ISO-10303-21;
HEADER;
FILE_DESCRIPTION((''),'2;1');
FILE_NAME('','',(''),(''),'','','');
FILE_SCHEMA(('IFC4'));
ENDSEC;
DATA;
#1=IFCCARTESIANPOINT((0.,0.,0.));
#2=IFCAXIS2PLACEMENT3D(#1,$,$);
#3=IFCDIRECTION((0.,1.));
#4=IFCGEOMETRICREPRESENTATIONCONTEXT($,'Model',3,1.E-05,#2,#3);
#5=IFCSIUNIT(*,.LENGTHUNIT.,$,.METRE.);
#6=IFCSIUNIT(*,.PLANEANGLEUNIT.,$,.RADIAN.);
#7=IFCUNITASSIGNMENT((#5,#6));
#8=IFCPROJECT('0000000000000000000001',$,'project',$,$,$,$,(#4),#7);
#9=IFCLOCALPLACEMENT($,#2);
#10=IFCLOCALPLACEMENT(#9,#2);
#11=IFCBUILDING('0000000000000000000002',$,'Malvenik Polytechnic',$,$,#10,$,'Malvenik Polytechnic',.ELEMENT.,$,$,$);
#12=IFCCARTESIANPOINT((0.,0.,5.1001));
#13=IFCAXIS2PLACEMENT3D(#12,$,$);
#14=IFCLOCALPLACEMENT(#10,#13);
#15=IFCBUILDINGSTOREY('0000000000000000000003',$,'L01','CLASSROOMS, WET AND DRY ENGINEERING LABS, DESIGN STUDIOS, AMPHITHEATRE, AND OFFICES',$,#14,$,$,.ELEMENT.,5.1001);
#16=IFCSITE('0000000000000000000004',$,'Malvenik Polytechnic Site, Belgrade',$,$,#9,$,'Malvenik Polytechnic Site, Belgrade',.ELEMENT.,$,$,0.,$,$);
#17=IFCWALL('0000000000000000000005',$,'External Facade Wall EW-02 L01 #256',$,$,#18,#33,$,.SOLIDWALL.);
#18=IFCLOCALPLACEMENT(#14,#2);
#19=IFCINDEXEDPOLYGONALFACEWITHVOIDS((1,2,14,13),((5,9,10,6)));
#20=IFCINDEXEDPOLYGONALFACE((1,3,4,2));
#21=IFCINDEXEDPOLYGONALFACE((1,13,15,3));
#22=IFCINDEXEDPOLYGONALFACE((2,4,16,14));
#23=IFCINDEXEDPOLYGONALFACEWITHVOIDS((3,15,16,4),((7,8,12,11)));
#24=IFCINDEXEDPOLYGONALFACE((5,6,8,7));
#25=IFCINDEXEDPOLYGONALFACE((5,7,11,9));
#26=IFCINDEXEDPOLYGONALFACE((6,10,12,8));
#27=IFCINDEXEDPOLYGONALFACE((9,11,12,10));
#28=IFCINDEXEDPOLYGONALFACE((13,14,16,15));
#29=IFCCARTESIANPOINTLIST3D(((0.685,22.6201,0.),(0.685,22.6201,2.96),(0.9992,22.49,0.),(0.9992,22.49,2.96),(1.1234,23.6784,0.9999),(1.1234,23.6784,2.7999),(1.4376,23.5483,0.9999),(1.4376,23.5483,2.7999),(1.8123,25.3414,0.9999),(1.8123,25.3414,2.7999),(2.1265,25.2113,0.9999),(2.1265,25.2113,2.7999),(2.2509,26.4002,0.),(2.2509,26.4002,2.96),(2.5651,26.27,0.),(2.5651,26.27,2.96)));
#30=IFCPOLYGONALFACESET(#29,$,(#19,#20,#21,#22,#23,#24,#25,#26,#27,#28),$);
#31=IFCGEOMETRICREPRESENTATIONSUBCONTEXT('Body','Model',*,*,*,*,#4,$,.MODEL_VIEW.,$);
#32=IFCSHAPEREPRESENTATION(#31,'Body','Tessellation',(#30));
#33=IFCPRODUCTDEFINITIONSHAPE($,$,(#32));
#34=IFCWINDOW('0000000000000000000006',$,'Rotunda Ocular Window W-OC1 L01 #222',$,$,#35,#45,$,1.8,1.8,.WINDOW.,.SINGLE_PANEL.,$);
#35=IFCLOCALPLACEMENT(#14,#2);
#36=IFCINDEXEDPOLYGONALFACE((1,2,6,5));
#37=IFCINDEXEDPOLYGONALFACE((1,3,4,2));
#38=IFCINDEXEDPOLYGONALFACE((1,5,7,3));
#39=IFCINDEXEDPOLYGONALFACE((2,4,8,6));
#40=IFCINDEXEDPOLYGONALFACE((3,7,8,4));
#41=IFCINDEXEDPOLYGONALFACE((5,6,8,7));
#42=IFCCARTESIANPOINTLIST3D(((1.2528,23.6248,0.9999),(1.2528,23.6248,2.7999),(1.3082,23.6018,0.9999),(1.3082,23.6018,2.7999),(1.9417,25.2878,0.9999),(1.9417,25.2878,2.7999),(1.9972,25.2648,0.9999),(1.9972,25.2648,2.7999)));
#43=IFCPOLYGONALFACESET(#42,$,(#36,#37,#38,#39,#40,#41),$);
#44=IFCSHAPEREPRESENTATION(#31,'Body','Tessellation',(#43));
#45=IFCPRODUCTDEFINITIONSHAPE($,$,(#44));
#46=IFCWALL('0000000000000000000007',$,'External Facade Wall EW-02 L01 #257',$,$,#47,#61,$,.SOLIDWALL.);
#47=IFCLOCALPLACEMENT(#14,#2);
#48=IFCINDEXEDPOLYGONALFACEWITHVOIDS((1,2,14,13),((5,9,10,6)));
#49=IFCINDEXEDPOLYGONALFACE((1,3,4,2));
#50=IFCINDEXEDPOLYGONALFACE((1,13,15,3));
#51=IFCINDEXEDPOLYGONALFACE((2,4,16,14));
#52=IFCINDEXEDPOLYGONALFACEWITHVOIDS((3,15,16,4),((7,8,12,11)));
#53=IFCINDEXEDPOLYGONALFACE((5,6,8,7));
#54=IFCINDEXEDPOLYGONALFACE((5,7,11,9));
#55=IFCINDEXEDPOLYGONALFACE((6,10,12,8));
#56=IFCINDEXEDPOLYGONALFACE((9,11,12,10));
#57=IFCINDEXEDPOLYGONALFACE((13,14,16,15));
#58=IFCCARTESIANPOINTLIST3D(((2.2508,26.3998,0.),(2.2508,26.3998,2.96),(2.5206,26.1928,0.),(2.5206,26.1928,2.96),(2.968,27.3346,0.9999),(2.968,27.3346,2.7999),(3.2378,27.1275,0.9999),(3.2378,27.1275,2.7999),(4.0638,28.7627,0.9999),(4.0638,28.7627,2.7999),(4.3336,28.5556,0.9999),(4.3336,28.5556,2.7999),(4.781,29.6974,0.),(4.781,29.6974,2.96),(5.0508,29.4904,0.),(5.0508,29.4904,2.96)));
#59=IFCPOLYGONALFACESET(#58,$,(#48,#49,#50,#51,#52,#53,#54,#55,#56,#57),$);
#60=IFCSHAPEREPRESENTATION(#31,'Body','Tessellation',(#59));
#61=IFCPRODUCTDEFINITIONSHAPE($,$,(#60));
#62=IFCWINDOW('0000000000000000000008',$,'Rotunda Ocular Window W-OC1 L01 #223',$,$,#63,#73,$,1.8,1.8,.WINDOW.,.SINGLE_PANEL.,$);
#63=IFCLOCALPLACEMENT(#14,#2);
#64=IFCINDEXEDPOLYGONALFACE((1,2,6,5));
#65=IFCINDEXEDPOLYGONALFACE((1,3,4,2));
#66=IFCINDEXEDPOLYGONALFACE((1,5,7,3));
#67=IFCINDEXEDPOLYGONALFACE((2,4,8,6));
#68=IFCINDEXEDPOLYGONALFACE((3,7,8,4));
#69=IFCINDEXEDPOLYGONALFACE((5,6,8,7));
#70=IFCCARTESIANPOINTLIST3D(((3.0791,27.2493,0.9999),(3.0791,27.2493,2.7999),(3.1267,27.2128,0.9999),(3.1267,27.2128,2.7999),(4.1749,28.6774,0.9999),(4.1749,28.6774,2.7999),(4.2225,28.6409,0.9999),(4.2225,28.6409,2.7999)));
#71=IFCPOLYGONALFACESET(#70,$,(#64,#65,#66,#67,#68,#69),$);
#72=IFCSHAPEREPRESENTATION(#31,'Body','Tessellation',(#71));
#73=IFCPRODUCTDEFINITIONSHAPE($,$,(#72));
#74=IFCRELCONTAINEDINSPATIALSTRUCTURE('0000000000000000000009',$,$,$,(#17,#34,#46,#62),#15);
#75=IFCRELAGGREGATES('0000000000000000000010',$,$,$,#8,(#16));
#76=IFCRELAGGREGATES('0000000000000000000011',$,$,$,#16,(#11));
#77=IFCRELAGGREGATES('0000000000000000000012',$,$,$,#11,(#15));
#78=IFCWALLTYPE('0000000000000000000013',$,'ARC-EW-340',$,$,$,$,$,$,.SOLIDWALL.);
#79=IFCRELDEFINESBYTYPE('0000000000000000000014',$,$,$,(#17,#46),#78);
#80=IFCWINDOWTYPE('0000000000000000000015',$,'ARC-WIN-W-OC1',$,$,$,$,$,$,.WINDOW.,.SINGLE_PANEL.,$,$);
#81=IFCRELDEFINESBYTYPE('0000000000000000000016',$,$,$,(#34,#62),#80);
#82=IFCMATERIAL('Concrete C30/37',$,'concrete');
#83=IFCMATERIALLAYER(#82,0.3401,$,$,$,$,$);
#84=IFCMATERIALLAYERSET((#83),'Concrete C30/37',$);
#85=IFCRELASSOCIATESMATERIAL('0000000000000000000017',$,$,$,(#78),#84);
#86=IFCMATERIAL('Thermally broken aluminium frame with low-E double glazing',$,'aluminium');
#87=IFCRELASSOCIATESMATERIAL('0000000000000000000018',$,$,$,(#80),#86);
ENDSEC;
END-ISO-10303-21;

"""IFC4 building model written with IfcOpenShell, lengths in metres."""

from ifc_helpers import new_model, si_unit, direction, frame, frame_2d, origin, place, context, subcontext, project, spatial, rectangle, extrude, material, layer, layer_set, type_object, element, fill, save


model = new_model("IFC4")

# Units and contexts
model_context = context("Model", 3, precision=1e-05, world=origin(), true_north=direction((0.0, 1.0)))
body_context = subcontext(model_context, "Body", "Model", "MODEL_VIEW")
ifc_project = project(units=[si_unit("LENGTHUNIT", "METRE"), si_unit("PLANEANGLEUNIT", "RADIAN")], contexts=[model_context])

# Site, building, storey
site_placement = place(None, origin())
site = spatial("IfcSite", under=ifc_project, at=site_placement, Name="Malvenik Polytechnic Site, Belgrade", LongName="Malvenik Polytechnic Site, Belgrade", CompositionType="ELEMENT", RefElevation=0.0)
building_placement = place(site_placement, origin())
building = spatial("IfcBuilding", under=site, at=building_placement, Name="Malvenik Polytechnic", LongName="Malvenik Polytechnic", CompositionType="ELEMENT")
storey_placement = place(building_placement, frame((0.0, 0.0, 5.1001)))
storey = spatial("IfcBuildingStorey", under=building, at=storey_placement, Name="L01", Description="CLASSROOMS, WET AND DRY ENGINEERING LABS, DESIGN STUDIOS, AMPHITHEATRE, AND OFFICES", CompositionType="ELEMENT", Elevation=5.1001)

# Walls, openings, windows
ifc_material_1 = material(Name="Concrete C30/37", Category="concrete")
ifc_layer_1 = layer(ifc_material_1, 0.3401)
ifc_layer_set_1 = layer_set([ifc_layer_1], Name="Concrete C30/37")
wall_type = type_object("IfcWallType", Name="ARC-EW-340", PredefinedType="SOLIDWALL", material=ifc_layer_set_1)
ifc_material_2 = material(Name="Thermally broken aluminium frame with low-E double glazing", Category="aluminium")
window_type = type_object("IfcWindowType", Name="ARC-WIN-W-OC1", PartitioningType="SINGLE_PANEL", PredefinedType="WINDOW", material=ifc_material_2)
wall_1_placement = place(storey_placement, frame((0.842, 22.5549, 0.0), z_axis=(0.0, 0.0, 1.0), x_axis=(0.382721, 0.923864, 0.0)))
wall_1 = element("IfcWall", 1, at=wall_1_placement, inside=storey, type_object=wall_type, Name="External Facade Wall EW-02 L01 #256", PredefinedType="SOLIDWALL", context=body_context, shape_type="SweptSolid", body=[
    extrude(rectangle(XDim=4.0916, YDim=0.3401, at=frame_2d((2.0459, 0.0))), origin(), (0.0, 0.0, 1.0), 2.96),
])
opening_1_placement = place(wall_1_placement, frame((1.1458, 0.0, 1.0)))
opening_1 = element("IfcOpeningElement", 2, at=opening_1_placement, cuts=wall_1, PredefinedType="OPENING", context=body_context, shape_type="SweptSolid", body=[
    extrude(rectangle(XDim=1.8, YDim=1.8, at=frame_2d((0.8999, 0.8999))), frame((0.0, 0.1802, 0.0), z_axis=(0.0, -1.0, 0.0), x_axis=(1.0, 0.0, 0.0)), (0.0, 0.0, 1.0), 0.3601),
])
window_1_placement = place(opening_1_placement, origin())
window_1 = element("IfcWindow", 3, at=window_1_placement, inside=storey, type_object=window_type, Name="Rotunda Ocular Window W-OC1 L01 #222", OverallHeight=1.8, OverallWidth=1.8, PartitioningType="SINGLE_PANEL", PredefinedType="WINDOW", context=body_context, shape_type="SweptSolid", body=[
    extrude(rectangle(XDim=1.8, YDim=1.8, at=frame_2d((0.8999, 0.8999))), frame((0.0, 0.03, 0.0), z_axis=(0.0, -1.0, 0.0), x_axis=(1.0, 0.0, 0.0)), (0.0, 0.0, 1.0), 0.0601),
])
fill(opening_1, window_1)
wall_2_placement = place(storey_placement, frame((2.3857, 26.2964, 0.0), z_axis=(0.0, 0.0, 1.0), x_axis=(0.608751, 0.793361, 0.0)))
wall_2 = element("IfcWall", 4, at=wall_2_placement, inside=storey, type_object=wall_type, Name="External Facade Wall EW-02 L01 #257", PredefinedType="SOLIDWALL", context=body_context, shape_type="SweptSolid", body=[
    extrude(rectangle(XDim=4.1565, YDim=0.3401, at=frame_2d((2.0781, 0.0))), origin(), (0.0, 0.0, 1.0), 2.96),
])
opening_2_placement = place(wall_2_placement, frame((1.1782, 0.0, 1.0)))
opening_2 = element("IfcOpeningElement", 5, at=opening_2_placement, cuts=wall_2, PredefinedType="OPENING", context=body_context, shape_type="SweptSolid", body=[
    extrude(rectangle(XDim=1.8, YDim=1.8, at=frame_2d((0.8999, 0.8999))), frame((0.0, 0.1802, 0.0), z_axis=(0.0, -1.0, 0.0), x_axis=(1.0, 0.0, 0.0)), (0.0, 0.0, 1.0), 0.3601),
])
window_2_placement = place(opening_2_placement, origin())
window_2 = element("IfcWindow", 6, at=window_2_placement, inside=storey, type_object=window_type, Name="Rotunda Ocular Window W-OC1 L01 #223", OverallHeight=1.8, OverallWidth=1.8, PartitioningType="SINGLE_PANEL", PredefinedType="WINDOW", context=body_context, shape_type="SweptSolid", body=[
    extrude(rectangle(XDim=1.8, YDim=1.8, at=frame_2d((0.8999, 0.8999))), frame((0.0, 0.03, 0.0), z_axis=(0.0, -1.0, 0.0), x_axis=(1.0, 0.0, 0.0)), (0.0, 0.0, 1.0), 0.0601),
])
fill(opening_2, window_2)

save(model, "model.ifc")
